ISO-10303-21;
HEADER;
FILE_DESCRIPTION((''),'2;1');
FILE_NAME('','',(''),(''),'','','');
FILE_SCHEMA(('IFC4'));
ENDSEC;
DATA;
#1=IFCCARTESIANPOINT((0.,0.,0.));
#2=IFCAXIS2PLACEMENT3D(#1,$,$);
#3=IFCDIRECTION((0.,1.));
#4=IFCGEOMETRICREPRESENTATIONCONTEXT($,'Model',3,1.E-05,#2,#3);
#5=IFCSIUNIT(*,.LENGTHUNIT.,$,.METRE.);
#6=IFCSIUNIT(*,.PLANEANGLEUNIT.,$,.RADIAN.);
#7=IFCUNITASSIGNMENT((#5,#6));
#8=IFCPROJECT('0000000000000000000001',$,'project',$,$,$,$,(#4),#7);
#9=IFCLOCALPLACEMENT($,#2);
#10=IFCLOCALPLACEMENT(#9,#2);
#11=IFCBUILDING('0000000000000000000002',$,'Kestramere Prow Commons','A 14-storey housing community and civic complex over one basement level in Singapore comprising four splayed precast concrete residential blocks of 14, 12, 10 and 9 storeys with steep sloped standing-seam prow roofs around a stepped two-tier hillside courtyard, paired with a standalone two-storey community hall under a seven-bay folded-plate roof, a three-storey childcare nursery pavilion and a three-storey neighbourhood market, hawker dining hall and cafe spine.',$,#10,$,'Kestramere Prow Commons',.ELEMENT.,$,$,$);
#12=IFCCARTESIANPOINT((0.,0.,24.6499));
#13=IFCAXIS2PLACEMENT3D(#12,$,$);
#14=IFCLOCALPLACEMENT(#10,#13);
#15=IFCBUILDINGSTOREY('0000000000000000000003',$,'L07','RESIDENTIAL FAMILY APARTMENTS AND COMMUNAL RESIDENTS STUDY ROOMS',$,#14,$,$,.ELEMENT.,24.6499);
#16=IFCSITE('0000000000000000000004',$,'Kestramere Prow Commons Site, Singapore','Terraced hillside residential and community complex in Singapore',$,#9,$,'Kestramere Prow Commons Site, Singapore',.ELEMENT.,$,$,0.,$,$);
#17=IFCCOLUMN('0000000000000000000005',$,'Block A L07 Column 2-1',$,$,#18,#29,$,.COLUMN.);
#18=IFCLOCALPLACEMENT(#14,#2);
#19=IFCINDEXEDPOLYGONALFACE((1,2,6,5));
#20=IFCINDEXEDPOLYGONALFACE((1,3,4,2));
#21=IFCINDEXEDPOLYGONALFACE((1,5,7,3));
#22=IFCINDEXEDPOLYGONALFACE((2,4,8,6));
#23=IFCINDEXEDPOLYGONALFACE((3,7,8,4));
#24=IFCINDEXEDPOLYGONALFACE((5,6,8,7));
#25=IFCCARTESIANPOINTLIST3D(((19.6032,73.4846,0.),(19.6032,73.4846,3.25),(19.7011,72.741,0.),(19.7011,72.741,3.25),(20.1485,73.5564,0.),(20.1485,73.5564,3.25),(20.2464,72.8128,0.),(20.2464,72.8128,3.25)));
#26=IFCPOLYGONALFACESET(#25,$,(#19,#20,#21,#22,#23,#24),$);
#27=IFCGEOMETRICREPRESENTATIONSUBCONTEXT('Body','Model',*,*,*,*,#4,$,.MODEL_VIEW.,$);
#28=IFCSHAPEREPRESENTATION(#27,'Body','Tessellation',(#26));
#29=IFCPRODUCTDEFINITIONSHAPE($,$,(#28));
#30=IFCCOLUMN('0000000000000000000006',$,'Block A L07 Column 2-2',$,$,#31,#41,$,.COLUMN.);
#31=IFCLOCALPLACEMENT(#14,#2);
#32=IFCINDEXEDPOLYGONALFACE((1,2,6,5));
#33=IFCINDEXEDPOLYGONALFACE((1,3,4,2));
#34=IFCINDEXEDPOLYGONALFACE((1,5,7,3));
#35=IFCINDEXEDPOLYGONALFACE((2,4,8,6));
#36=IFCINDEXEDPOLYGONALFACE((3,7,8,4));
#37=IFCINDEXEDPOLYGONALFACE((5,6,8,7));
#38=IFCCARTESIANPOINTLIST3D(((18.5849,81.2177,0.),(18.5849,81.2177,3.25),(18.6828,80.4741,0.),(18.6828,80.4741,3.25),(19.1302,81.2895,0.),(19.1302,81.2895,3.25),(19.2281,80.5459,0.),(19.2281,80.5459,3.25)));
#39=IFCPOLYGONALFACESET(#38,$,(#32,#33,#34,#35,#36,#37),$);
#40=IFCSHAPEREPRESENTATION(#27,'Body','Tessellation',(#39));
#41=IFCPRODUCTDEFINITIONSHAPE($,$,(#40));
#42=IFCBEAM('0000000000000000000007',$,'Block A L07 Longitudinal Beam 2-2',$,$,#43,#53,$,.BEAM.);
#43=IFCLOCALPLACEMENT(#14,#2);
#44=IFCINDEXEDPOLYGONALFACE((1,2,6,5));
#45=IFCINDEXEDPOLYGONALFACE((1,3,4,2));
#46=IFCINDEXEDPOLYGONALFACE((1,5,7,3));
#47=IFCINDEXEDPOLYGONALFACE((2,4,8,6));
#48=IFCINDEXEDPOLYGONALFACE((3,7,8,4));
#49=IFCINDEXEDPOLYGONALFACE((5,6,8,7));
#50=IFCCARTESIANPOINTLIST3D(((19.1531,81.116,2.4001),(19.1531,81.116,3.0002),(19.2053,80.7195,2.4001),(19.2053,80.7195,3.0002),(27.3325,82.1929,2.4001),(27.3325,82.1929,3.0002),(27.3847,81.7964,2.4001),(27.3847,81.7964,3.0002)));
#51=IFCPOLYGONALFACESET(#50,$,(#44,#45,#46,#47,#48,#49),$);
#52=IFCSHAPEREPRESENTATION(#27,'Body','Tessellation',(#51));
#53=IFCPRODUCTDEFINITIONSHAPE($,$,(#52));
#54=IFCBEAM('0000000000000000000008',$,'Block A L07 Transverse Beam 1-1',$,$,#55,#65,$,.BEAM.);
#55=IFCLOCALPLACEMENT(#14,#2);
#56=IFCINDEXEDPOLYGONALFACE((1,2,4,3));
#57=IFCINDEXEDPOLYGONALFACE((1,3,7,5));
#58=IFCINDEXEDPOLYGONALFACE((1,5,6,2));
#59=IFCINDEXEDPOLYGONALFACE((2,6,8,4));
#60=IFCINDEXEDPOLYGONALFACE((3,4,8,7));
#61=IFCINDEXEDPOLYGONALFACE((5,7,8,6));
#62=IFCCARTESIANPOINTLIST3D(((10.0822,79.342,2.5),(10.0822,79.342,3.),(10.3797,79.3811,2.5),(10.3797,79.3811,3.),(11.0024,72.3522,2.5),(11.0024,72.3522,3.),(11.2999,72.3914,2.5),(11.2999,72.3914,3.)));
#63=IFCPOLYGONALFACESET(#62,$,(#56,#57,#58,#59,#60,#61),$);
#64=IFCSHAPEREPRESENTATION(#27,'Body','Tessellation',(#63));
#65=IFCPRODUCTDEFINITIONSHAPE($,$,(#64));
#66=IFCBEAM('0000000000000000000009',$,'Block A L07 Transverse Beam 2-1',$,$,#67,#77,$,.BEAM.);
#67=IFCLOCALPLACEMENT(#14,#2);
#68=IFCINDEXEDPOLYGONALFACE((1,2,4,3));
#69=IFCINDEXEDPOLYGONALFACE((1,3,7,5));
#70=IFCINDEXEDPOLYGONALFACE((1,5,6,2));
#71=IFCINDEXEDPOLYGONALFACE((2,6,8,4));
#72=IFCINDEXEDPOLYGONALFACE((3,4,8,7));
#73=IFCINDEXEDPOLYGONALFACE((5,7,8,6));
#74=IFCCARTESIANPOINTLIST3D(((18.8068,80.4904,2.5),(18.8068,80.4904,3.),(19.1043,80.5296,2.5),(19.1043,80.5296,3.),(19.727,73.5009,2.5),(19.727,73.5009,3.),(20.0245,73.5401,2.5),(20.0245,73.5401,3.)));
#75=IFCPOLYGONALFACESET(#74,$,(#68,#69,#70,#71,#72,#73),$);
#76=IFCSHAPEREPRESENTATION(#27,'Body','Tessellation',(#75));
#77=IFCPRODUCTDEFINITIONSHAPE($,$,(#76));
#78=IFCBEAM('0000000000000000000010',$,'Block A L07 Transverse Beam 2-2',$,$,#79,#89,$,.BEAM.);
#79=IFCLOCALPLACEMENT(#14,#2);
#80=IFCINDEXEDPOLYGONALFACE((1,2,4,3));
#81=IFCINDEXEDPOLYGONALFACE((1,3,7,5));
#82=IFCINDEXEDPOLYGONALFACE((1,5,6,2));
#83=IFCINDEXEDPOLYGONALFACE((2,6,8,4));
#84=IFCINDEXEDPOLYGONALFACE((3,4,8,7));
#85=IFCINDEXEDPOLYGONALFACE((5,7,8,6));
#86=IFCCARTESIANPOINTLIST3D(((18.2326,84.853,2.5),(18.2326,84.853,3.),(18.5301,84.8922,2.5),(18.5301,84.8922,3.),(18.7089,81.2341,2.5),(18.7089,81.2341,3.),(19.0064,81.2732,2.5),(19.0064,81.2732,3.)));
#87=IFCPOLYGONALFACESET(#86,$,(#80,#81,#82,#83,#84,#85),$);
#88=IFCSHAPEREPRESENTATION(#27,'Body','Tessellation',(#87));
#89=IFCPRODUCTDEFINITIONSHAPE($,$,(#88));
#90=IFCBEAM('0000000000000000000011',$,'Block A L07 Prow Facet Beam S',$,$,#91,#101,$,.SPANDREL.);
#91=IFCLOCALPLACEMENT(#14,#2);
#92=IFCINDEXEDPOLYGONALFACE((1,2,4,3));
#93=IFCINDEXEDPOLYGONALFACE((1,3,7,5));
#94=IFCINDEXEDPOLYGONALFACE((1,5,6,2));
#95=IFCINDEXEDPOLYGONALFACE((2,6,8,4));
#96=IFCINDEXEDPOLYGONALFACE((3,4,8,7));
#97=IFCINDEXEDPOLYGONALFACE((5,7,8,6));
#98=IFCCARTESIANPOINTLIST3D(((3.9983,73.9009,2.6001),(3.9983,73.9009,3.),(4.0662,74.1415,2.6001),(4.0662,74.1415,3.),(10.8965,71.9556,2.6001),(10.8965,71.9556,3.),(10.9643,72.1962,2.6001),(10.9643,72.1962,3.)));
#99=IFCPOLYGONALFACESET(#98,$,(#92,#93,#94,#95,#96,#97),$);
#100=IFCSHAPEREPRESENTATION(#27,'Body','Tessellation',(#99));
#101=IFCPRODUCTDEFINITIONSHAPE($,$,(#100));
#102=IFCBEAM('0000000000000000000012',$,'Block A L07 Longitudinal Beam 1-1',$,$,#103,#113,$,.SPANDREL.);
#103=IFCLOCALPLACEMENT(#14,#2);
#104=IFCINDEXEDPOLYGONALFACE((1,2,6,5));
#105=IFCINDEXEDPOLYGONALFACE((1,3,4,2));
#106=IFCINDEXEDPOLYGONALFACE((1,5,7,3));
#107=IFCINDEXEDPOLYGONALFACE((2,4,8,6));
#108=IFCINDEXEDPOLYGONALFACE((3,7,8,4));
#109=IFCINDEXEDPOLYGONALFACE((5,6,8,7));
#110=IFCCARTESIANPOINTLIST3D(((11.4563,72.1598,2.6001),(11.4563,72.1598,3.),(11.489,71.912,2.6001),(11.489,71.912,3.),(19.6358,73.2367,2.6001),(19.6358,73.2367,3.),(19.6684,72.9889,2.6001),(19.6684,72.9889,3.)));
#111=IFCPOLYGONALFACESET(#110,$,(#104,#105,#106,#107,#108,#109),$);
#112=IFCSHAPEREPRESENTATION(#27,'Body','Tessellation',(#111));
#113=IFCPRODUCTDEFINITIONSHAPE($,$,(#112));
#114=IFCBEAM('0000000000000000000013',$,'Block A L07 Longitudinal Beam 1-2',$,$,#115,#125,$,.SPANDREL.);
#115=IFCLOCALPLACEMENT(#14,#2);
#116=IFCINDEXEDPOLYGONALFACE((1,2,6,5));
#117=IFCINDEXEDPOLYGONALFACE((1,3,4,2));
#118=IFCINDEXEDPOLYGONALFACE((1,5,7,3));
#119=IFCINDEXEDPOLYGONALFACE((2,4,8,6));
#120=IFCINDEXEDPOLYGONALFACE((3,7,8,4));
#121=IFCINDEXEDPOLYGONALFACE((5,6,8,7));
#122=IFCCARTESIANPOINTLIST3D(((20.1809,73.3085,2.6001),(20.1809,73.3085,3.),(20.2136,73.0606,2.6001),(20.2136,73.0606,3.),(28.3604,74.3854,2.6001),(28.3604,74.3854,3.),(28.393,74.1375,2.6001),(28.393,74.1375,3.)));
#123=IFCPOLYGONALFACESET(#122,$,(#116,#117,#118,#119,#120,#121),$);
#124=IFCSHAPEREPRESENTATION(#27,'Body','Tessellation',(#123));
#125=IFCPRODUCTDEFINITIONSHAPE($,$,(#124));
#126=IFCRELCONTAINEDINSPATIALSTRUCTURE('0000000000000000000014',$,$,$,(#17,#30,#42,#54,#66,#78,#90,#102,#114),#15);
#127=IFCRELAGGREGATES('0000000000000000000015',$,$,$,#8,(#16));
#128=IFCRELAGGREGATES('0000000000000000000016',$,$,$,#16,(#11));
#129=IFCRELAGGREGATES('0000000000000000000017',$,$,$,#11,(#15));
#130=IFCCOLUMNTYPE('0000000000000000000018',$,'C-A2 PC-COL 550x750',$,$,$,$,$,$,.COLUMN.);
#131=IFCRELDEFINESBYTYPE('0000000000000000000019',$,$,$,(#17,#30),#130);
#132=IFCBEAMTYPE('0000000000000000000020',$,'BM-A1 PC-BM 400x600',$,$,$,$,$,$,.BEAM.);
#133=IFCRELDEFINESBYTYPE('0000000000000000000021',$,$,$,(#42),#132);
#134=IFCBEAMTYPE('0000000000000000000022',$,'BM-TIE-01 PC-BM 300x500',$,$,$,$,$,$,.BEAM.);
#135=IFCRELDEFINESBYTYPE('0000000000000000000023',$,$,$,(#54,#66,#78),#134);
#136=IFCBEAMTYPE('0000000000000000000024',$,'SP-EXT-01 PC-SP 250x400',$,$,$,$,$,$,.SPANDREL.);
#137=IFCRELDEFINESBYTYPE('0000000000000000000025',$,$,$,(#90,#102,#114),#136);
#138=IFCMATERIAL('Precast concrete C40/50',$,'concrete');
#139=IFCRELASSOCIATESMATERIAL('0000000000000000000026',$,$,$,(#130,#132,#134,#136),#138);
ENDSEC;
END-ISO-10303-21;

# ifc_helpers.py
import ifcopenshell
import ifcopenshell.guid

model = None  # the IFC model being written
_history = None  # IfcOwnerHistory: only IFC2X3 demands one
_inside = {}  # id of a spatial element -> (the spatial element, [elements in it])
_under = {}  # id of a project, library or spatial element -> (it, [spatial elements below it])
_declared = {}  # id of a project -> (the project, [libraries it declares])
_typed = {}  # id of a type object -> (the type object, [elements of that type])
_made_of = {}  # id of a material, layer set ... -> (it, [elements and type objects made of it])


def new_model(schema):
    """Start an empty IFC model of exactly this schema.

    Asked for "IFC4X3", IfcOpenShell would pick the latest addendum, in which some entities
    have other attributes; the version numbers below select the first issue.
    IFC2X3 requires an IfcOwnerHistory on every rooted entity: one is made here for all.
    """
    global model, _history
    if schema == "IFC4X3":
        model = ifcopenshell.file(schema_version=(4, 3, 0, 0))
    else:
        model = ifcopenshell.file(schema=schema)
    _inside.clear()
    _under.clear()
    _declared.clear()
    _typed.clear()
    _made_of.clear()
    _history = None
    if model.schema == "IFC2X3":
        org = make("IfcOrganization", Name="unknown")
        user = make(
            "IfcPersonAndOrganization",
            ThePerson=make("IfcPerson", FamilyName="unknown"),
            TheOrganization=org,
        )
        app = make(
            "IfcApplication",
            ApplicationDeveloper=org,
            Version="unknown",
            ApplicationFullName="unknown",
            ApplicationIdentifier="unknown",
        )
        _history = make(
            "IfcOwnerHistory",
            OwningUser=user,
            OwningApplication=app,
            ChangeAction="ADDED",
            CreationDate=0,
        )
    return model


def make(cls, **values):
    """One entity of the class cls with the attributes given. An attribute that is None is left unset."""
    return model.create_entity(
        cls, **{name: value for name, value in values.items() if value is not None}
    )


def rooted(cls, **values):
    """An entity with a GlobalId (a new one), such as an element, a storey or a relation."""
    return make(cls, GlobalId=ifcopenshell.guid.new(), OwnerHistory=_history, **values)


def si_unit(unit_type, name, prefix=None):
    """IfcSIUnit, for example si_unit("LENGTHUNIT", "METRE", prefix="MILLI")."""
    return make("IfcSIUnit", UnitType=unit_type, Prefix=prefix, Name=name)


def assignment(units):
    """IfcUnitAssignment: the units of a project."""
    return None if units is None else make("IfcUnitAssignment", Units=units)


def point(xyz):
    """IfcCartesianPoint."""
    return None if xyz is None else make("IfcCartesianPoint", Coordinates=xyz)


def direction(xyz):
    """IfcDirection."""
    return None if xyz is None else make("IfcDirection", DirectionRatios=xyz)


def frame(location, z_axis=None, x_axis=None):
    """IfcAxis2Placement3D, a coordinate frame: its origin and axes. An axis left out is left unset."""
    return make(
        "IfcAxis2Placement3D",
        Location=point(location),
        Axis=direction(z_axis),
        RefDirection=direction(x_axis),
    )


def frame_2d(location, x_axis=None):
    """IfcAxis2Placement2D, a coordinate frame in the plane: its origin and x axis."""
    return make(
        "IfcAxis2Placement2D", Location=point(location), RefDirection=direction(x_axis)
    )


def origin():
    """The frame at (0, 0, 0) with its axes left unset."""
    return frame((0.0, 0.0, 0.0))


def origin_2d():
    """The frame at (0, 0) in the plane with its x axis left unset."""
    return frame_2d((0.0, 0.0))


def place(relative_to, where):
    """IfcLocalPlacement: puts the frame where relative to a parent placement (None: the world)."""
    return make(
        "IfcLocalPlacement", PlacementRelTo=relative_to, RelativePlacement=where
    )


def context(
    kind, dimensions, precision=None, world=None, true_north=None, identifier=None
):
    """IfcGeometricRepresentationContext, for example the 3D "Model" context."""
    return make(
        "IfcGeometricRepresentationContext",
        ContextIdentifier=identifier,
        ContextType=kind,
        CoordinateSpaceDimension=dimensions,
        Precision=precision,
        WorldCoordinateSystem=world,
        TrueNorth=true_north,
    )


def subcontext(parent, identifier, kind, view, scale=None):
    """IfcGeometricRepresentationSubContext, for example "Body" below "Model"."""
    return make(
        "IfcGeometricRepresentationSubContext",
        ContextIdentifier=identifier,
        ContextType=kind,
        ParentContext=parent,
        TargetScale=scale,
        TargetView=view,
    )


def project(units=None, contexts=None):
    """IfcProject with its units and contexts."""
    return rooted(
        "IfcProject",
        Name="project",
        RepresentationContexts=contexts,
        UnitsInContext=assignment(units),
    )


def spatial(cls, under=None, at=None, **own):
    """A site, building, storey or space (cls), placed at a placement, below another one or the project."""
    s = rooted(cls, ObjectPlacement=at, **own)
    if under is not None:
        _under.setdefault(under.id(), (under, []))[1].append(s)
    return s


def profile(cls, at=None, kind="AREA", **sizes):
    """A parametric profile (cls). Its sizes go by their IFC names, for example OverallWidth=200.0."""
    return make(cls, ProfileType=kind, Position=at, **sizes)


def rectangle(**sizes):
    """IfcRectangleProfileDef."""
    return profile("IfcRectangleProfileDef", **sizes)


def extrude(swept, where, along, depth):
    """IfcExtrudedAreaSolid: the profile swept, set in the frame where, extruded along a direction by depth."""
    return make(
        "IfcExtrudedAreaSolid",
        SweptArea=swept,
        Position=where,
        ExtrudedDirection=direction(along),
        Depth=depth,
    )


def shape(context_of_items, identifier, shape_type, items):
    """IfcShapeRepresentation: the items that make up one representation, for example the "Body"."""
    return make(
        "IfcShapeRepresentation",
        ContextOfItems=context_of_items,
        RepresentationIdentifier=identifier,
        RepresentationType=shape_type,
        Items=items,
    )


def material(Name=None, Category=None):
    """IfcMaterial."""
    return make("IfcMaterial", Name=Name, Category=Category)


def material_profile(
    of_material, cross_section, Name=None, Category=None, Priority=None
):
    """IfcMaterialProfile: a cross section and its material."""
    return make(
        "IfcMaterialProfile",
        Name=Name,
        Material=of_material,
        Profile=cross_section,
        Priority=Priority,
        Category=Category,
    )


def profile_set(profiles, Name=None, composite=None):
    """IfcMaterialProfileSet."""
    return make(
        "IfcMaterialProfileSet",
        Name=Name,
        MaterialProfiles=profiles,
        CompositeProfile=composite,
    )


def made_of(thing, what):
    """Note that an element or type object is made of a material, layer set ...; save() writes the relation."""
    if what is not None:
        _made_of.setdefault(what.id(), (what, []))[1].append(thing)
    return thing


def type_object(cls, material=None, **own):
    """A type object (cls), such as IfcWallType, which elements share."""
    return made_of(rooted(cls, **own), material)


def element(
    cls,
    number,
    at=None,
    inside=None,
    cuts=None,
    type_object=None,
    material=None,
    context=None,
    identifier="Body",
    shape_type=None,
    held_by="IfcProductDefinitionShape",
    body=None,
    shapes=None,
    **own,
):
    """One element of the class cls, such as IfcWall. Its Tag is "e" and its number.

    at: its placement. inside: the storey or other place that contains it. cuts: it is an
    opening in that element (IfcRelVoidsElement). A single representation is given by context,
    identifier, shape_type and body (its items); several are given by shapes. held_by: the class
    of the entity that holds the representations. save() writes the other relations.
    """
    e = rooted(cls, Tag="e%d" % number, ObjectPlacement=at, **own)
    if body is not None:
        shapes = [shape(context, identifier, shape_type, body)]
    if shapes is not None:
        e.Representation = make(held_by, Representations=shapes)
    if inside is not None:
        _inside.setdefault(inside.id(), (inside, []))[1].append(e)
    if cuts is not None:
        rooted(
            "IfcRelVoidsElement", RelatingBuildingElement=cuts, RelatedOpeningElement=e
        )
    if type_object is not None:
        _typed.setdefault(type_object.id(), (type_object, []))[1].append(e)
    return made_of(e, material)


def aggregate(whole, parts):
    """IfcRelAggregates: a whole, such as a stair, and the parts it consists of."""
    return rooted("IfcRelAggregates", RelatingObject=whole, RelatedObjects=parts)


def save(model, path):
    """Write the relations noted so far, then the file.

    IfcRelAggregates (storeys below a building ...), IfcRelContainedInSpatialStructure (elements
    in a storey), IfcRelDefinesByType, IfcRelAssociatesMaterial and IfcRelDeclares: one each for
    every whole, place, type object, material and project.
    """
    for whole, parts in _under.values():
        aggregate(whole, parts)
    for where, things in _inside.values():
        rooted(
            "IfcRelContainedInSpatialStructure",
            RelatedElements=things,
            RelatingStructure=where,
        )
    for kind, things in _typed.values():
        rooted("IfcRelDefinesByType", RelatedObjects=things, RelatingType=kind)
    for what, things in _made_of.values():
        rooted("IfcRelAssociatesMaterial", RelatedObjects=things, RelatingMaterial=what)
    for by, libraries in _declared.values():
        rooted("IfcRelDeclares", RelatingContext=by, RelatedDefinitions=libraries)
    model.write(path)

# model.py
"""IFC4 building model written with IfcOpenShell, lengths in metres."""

from ifc_helpers import new_model, si_unit, direction, frame, origin, origin_2d, place, context, subcontext, project, spatial, rectangle, extrude, material, material_profile, profile_set, type_object, element, save


model = new_model("IFC4")

# Units and contexts
model_context = context("Model", 3, precision=1e-05, world=origin(), true_north=direction((0.0, 1.0)))
body_context = subcontext(model_context, "Body", "Model", "MODEL_VIEW")
ifc_project = project(units=[si_unit("LENGTHUNIT", "METRE"), si_unit("PLANEANGLEUNIT", "RADIAN")], contexts=[model_context])

# Site, building, storey
site_placement = place(None, origin())
site = spatial("IfcSite", under=ifc_project, at=site_placement, Name="Kestramere Prow Commons Site, Singapore", Description="Terraced hillside residential and community complex in Singapore", LongName="Kestramere Prow Commons Site, Singapore", CompositionType="ELEMENT", RefElevation=0.0)
building_placement = place(site_placement, origin())
building = spatial("IfcBuilding", under=site, at=building_placement, Name="Kestramere Prow Commons", Description="A 14-storey housing community and civic complex over one basement level in Singapore comprising four splayed precast concrete residential blocks of 14, 12, 10 and 9 storeys with steep sloped standing-seam prow roofs around a stepped two-tier hillside courtyard, paired with a standalone two-storey community hall under a seven-bay folded-plate roof, a three-storey childcare nursery pavilion and a three-storey neighbourhood market, hawker dining hall and cafe spine.", LongName="Kestramere Prow Commons", CompositionType="ELEMENT")
storey_placement = place(building_placement, frame((0.0, 0.0, 24.6499)))
storey = spatial("IfcBuildingStorey", under=building, at=storey_placement, Name="L07", Description="RESIDENTIAL FAMILY APARTMENTS AND COMMUNAL RESIDENTS STUDY ROOMS", CompositionType="ELEMENT", Elevation=24.6499)

# Columns
ifc_material_1 = material(Name="Precast concrete C40/50", Category="concrete")
ifc_material_profile_1 = material_profile(ifc_material_1, rectangle(XDim=0.55, YDim=0.75, at=origin_2d()), Name="PC-COL 550x750")
ifc_profile_set_1 = profile_set([ifc_material_profile_1], Name="Precast concrete C40/50")
column_type = type_object("IfcColumnType", Name="C-A2 PC-COL 550x750", PredefinedType="COLUMN", material=ifc_profile_set_1)
for number, where, z_axis, x_axis, name in (
    (1, (19.9248, 73.1487, 0.0), (0.0, 0.0, 1.0), (0.991445, 0.130526, 0.0), "Block A L07 Column 2-1"),
    (2, (18.9065, 80.8818, 0.0), (0.0, 0.0, 1.0), (0.991445, 0.130526, 0.0), "Block A L07 Column 2-2"),
):
    element("IfcColumn", number, at=place(storey_placement, frame(where, z_axis=z_axis, x_axis=x_axis)), inside=storey, type_object=column_type, Name=name, PredefinedType="COLUMN", context=body_context, shape_type="SweptSolid", body=[
        extrude(rectangle(XDim=0.55, YDim=0.75, at=origin_2d()), origin(), (0.0, 0.0, 1.0), 3.25),
    ])

# Beams
ifc_material_profile_2 = material_profile(ifc_material_1, rectangle(XDim=0.3999, YDim=0.6001, at=origin_2d()), Name="PC-BM 400x600")
ifc_profile_set_2 = profile_set([ifc_material_profile_2], Name="Precast concrete C40/50")
beam_type_1 = type_object("IfcBeamType", Name="BM-A1 PC-BM 400x600", PredefinedType="BEAM", material=ifc_profile_set_2)
beam_1_placement = place(storey_placement, frame((19.1792, 80.9177, 2.7002), z_axis=(0.991444, 0.130533, 0.0), x_axis=(-0.130533, 0.991444, 0.0)))
element("IfcBeam", 3, at=beam_1_placement, inside=storey, type_object=beam_type_1, Name="Block A L07 Longitudinal Beam 2-2", PredefinedType="BEAM", context=body_context, shape_type="SweptSolid", body=[
    extrude(rectangle(XDim=0.3999, YDim=0.6001, at=origin_2d()), origin(), (0.0, 0.0, 1.0), 8.25),
])
ifc_material_profile_3 = material_profile(ifc_material_1, rectangle(XDim=0.3, YDim=0.5, at=origin_2d()), Name="PC-BM 300x500")
ifc_profile_set_3 = profile_set([ifc_material_profile_3], Name="Precast concrete C40/50")
beam_type_2 = type_object("IfcBeamType", Name="BM-TIE-01 PC-BM 300x500", PredefinedType="BEAM", material=ifc_profile_set_3)
beam_2_placement = place(storey_placement, frame((11.1511, 72.3718, 2.75), z_axis=(-0.130519, 0.991446, 0.0), x_axis=(-0.991446, -0.130519, 0.0)))
element("IfcBeam", 4, at=beam_2_placement, inside=storey, type_object=beam_type_2, Name="Block A L07 Transverse Beam 1-1", PredefinedType="BEAM", context=body_context, shape_type="SweptSolid", body=[
    extrude(rectangle(XDim=0.3, YDim=0.5, at=origin_2d()), origin(), (0.0, 0.0, 1.0), 7.05),
])
beam_3_placement = place(storey_placement, frame((19.8757, 73.5205, 2.75), z_axis=(-0.130523, 0.991445, 0.0), x_axis=(-0.991445, -0.130523, 0.0)))
element("IfcBeam", 5, at=beam_3_placement, inside=storey, type_object=beam_type_2, Name="Block A L07 Transverse Beam 2-1", PredefinedType="BEAM", context=body_context, shape_type="SweptSolid", body=[
    extrude(rectangle(XDim=0.3, YDim=0.5, at=origin_2d()), origin(), (0.0, 0.0, 1.0), 7.0498),
])
beam_4_placement = place(storey_placement, frame((18.8577, 81.2537, 2.75), z_axis=(-0.130494, 0.991449, 0.0), x_axis=(-0.991449, -0.130494, 0.0)))
element("IfcBeam", 6, at=beam_4_placement, inside=storey, type_object=beam_type_2, Name="Block A L07 Transverse Beam 2-2", PredefinedType="BEAM", context=body_context, shape_type="SweptSolid", body=[
    extrude(rectangle(XDim=0.3, YDim=0.5, at=origin_2d()), origin(), (0.0, 0.0, 1.0), 3.6501),
])
ifc_material_profile_4 = material_profile(ifc_material_1, rectangle(XDim=0.25, YDim=0.3999, at=origin_2d()), Name="PC-SP 250x400")
ifc_profile_set_4 = profile_set([ifc_material_profile_4], Name="Precast concrete C40/50")
beam_type_3 = type_object("IfcBeamType", Name="SP-EXT-01 PC-SP 250x400", PredefinedType="SPANDREL", material=ifc_profile_set_4)
beam_5_placement = place(storey_placement, frame((10.9304, 72.0759, 2.8), z_axis=(-0.962462, 0.271417, 0.0), x_axis=(-0.271417, -0.962462, 0.0)))
element("IfcBeam", 7, at=beam_5_placement, inside=storey, type_object=beam_type_3, Name="Block A L07 Prow Facet Beam S", PredefinedType="SPANDREL", context=body_context, shape_type="SweptSolid", body=[
    extrude(rectangle(XDim=0.25, YDim=0.3999, at=origin_2d()), origin(), (0.0, 0.0, 1.0), 7.1672),
])
for number, where, z_axis, x_axis, name in (
    (8, (11.4727, 72.0359, 2.8), (0.991444, 0.130533, 0.0), (-0.130533, 0.991444, 0.0), "Block A L07 Longitudinal Beam 1-1"),
    (9, (20.1973, 73.1846, 2.8), (0.991444, 0.130533, 0.0), (-0.130533, 0.991444, 0.0), "Block A L07 Longitudinal Beam 1-2"),
):
    element("IfcBeam", number, at=place(storey_placement, frame(where, z_axis=z_axis, x_axis=x_axis)), inside=storey, type_object=beam_type_3, Name=name, PredefinedType="SPANDREL", context=body_context, shape_type="SweptSolid", body=[
        extrude(rectangle(XDim=0.25, YDim=0.3999, at=origin_2d()), origin(), (0.0, 0.0, 1.0), 8.25),
    ])

save(model, "model.ifc")
